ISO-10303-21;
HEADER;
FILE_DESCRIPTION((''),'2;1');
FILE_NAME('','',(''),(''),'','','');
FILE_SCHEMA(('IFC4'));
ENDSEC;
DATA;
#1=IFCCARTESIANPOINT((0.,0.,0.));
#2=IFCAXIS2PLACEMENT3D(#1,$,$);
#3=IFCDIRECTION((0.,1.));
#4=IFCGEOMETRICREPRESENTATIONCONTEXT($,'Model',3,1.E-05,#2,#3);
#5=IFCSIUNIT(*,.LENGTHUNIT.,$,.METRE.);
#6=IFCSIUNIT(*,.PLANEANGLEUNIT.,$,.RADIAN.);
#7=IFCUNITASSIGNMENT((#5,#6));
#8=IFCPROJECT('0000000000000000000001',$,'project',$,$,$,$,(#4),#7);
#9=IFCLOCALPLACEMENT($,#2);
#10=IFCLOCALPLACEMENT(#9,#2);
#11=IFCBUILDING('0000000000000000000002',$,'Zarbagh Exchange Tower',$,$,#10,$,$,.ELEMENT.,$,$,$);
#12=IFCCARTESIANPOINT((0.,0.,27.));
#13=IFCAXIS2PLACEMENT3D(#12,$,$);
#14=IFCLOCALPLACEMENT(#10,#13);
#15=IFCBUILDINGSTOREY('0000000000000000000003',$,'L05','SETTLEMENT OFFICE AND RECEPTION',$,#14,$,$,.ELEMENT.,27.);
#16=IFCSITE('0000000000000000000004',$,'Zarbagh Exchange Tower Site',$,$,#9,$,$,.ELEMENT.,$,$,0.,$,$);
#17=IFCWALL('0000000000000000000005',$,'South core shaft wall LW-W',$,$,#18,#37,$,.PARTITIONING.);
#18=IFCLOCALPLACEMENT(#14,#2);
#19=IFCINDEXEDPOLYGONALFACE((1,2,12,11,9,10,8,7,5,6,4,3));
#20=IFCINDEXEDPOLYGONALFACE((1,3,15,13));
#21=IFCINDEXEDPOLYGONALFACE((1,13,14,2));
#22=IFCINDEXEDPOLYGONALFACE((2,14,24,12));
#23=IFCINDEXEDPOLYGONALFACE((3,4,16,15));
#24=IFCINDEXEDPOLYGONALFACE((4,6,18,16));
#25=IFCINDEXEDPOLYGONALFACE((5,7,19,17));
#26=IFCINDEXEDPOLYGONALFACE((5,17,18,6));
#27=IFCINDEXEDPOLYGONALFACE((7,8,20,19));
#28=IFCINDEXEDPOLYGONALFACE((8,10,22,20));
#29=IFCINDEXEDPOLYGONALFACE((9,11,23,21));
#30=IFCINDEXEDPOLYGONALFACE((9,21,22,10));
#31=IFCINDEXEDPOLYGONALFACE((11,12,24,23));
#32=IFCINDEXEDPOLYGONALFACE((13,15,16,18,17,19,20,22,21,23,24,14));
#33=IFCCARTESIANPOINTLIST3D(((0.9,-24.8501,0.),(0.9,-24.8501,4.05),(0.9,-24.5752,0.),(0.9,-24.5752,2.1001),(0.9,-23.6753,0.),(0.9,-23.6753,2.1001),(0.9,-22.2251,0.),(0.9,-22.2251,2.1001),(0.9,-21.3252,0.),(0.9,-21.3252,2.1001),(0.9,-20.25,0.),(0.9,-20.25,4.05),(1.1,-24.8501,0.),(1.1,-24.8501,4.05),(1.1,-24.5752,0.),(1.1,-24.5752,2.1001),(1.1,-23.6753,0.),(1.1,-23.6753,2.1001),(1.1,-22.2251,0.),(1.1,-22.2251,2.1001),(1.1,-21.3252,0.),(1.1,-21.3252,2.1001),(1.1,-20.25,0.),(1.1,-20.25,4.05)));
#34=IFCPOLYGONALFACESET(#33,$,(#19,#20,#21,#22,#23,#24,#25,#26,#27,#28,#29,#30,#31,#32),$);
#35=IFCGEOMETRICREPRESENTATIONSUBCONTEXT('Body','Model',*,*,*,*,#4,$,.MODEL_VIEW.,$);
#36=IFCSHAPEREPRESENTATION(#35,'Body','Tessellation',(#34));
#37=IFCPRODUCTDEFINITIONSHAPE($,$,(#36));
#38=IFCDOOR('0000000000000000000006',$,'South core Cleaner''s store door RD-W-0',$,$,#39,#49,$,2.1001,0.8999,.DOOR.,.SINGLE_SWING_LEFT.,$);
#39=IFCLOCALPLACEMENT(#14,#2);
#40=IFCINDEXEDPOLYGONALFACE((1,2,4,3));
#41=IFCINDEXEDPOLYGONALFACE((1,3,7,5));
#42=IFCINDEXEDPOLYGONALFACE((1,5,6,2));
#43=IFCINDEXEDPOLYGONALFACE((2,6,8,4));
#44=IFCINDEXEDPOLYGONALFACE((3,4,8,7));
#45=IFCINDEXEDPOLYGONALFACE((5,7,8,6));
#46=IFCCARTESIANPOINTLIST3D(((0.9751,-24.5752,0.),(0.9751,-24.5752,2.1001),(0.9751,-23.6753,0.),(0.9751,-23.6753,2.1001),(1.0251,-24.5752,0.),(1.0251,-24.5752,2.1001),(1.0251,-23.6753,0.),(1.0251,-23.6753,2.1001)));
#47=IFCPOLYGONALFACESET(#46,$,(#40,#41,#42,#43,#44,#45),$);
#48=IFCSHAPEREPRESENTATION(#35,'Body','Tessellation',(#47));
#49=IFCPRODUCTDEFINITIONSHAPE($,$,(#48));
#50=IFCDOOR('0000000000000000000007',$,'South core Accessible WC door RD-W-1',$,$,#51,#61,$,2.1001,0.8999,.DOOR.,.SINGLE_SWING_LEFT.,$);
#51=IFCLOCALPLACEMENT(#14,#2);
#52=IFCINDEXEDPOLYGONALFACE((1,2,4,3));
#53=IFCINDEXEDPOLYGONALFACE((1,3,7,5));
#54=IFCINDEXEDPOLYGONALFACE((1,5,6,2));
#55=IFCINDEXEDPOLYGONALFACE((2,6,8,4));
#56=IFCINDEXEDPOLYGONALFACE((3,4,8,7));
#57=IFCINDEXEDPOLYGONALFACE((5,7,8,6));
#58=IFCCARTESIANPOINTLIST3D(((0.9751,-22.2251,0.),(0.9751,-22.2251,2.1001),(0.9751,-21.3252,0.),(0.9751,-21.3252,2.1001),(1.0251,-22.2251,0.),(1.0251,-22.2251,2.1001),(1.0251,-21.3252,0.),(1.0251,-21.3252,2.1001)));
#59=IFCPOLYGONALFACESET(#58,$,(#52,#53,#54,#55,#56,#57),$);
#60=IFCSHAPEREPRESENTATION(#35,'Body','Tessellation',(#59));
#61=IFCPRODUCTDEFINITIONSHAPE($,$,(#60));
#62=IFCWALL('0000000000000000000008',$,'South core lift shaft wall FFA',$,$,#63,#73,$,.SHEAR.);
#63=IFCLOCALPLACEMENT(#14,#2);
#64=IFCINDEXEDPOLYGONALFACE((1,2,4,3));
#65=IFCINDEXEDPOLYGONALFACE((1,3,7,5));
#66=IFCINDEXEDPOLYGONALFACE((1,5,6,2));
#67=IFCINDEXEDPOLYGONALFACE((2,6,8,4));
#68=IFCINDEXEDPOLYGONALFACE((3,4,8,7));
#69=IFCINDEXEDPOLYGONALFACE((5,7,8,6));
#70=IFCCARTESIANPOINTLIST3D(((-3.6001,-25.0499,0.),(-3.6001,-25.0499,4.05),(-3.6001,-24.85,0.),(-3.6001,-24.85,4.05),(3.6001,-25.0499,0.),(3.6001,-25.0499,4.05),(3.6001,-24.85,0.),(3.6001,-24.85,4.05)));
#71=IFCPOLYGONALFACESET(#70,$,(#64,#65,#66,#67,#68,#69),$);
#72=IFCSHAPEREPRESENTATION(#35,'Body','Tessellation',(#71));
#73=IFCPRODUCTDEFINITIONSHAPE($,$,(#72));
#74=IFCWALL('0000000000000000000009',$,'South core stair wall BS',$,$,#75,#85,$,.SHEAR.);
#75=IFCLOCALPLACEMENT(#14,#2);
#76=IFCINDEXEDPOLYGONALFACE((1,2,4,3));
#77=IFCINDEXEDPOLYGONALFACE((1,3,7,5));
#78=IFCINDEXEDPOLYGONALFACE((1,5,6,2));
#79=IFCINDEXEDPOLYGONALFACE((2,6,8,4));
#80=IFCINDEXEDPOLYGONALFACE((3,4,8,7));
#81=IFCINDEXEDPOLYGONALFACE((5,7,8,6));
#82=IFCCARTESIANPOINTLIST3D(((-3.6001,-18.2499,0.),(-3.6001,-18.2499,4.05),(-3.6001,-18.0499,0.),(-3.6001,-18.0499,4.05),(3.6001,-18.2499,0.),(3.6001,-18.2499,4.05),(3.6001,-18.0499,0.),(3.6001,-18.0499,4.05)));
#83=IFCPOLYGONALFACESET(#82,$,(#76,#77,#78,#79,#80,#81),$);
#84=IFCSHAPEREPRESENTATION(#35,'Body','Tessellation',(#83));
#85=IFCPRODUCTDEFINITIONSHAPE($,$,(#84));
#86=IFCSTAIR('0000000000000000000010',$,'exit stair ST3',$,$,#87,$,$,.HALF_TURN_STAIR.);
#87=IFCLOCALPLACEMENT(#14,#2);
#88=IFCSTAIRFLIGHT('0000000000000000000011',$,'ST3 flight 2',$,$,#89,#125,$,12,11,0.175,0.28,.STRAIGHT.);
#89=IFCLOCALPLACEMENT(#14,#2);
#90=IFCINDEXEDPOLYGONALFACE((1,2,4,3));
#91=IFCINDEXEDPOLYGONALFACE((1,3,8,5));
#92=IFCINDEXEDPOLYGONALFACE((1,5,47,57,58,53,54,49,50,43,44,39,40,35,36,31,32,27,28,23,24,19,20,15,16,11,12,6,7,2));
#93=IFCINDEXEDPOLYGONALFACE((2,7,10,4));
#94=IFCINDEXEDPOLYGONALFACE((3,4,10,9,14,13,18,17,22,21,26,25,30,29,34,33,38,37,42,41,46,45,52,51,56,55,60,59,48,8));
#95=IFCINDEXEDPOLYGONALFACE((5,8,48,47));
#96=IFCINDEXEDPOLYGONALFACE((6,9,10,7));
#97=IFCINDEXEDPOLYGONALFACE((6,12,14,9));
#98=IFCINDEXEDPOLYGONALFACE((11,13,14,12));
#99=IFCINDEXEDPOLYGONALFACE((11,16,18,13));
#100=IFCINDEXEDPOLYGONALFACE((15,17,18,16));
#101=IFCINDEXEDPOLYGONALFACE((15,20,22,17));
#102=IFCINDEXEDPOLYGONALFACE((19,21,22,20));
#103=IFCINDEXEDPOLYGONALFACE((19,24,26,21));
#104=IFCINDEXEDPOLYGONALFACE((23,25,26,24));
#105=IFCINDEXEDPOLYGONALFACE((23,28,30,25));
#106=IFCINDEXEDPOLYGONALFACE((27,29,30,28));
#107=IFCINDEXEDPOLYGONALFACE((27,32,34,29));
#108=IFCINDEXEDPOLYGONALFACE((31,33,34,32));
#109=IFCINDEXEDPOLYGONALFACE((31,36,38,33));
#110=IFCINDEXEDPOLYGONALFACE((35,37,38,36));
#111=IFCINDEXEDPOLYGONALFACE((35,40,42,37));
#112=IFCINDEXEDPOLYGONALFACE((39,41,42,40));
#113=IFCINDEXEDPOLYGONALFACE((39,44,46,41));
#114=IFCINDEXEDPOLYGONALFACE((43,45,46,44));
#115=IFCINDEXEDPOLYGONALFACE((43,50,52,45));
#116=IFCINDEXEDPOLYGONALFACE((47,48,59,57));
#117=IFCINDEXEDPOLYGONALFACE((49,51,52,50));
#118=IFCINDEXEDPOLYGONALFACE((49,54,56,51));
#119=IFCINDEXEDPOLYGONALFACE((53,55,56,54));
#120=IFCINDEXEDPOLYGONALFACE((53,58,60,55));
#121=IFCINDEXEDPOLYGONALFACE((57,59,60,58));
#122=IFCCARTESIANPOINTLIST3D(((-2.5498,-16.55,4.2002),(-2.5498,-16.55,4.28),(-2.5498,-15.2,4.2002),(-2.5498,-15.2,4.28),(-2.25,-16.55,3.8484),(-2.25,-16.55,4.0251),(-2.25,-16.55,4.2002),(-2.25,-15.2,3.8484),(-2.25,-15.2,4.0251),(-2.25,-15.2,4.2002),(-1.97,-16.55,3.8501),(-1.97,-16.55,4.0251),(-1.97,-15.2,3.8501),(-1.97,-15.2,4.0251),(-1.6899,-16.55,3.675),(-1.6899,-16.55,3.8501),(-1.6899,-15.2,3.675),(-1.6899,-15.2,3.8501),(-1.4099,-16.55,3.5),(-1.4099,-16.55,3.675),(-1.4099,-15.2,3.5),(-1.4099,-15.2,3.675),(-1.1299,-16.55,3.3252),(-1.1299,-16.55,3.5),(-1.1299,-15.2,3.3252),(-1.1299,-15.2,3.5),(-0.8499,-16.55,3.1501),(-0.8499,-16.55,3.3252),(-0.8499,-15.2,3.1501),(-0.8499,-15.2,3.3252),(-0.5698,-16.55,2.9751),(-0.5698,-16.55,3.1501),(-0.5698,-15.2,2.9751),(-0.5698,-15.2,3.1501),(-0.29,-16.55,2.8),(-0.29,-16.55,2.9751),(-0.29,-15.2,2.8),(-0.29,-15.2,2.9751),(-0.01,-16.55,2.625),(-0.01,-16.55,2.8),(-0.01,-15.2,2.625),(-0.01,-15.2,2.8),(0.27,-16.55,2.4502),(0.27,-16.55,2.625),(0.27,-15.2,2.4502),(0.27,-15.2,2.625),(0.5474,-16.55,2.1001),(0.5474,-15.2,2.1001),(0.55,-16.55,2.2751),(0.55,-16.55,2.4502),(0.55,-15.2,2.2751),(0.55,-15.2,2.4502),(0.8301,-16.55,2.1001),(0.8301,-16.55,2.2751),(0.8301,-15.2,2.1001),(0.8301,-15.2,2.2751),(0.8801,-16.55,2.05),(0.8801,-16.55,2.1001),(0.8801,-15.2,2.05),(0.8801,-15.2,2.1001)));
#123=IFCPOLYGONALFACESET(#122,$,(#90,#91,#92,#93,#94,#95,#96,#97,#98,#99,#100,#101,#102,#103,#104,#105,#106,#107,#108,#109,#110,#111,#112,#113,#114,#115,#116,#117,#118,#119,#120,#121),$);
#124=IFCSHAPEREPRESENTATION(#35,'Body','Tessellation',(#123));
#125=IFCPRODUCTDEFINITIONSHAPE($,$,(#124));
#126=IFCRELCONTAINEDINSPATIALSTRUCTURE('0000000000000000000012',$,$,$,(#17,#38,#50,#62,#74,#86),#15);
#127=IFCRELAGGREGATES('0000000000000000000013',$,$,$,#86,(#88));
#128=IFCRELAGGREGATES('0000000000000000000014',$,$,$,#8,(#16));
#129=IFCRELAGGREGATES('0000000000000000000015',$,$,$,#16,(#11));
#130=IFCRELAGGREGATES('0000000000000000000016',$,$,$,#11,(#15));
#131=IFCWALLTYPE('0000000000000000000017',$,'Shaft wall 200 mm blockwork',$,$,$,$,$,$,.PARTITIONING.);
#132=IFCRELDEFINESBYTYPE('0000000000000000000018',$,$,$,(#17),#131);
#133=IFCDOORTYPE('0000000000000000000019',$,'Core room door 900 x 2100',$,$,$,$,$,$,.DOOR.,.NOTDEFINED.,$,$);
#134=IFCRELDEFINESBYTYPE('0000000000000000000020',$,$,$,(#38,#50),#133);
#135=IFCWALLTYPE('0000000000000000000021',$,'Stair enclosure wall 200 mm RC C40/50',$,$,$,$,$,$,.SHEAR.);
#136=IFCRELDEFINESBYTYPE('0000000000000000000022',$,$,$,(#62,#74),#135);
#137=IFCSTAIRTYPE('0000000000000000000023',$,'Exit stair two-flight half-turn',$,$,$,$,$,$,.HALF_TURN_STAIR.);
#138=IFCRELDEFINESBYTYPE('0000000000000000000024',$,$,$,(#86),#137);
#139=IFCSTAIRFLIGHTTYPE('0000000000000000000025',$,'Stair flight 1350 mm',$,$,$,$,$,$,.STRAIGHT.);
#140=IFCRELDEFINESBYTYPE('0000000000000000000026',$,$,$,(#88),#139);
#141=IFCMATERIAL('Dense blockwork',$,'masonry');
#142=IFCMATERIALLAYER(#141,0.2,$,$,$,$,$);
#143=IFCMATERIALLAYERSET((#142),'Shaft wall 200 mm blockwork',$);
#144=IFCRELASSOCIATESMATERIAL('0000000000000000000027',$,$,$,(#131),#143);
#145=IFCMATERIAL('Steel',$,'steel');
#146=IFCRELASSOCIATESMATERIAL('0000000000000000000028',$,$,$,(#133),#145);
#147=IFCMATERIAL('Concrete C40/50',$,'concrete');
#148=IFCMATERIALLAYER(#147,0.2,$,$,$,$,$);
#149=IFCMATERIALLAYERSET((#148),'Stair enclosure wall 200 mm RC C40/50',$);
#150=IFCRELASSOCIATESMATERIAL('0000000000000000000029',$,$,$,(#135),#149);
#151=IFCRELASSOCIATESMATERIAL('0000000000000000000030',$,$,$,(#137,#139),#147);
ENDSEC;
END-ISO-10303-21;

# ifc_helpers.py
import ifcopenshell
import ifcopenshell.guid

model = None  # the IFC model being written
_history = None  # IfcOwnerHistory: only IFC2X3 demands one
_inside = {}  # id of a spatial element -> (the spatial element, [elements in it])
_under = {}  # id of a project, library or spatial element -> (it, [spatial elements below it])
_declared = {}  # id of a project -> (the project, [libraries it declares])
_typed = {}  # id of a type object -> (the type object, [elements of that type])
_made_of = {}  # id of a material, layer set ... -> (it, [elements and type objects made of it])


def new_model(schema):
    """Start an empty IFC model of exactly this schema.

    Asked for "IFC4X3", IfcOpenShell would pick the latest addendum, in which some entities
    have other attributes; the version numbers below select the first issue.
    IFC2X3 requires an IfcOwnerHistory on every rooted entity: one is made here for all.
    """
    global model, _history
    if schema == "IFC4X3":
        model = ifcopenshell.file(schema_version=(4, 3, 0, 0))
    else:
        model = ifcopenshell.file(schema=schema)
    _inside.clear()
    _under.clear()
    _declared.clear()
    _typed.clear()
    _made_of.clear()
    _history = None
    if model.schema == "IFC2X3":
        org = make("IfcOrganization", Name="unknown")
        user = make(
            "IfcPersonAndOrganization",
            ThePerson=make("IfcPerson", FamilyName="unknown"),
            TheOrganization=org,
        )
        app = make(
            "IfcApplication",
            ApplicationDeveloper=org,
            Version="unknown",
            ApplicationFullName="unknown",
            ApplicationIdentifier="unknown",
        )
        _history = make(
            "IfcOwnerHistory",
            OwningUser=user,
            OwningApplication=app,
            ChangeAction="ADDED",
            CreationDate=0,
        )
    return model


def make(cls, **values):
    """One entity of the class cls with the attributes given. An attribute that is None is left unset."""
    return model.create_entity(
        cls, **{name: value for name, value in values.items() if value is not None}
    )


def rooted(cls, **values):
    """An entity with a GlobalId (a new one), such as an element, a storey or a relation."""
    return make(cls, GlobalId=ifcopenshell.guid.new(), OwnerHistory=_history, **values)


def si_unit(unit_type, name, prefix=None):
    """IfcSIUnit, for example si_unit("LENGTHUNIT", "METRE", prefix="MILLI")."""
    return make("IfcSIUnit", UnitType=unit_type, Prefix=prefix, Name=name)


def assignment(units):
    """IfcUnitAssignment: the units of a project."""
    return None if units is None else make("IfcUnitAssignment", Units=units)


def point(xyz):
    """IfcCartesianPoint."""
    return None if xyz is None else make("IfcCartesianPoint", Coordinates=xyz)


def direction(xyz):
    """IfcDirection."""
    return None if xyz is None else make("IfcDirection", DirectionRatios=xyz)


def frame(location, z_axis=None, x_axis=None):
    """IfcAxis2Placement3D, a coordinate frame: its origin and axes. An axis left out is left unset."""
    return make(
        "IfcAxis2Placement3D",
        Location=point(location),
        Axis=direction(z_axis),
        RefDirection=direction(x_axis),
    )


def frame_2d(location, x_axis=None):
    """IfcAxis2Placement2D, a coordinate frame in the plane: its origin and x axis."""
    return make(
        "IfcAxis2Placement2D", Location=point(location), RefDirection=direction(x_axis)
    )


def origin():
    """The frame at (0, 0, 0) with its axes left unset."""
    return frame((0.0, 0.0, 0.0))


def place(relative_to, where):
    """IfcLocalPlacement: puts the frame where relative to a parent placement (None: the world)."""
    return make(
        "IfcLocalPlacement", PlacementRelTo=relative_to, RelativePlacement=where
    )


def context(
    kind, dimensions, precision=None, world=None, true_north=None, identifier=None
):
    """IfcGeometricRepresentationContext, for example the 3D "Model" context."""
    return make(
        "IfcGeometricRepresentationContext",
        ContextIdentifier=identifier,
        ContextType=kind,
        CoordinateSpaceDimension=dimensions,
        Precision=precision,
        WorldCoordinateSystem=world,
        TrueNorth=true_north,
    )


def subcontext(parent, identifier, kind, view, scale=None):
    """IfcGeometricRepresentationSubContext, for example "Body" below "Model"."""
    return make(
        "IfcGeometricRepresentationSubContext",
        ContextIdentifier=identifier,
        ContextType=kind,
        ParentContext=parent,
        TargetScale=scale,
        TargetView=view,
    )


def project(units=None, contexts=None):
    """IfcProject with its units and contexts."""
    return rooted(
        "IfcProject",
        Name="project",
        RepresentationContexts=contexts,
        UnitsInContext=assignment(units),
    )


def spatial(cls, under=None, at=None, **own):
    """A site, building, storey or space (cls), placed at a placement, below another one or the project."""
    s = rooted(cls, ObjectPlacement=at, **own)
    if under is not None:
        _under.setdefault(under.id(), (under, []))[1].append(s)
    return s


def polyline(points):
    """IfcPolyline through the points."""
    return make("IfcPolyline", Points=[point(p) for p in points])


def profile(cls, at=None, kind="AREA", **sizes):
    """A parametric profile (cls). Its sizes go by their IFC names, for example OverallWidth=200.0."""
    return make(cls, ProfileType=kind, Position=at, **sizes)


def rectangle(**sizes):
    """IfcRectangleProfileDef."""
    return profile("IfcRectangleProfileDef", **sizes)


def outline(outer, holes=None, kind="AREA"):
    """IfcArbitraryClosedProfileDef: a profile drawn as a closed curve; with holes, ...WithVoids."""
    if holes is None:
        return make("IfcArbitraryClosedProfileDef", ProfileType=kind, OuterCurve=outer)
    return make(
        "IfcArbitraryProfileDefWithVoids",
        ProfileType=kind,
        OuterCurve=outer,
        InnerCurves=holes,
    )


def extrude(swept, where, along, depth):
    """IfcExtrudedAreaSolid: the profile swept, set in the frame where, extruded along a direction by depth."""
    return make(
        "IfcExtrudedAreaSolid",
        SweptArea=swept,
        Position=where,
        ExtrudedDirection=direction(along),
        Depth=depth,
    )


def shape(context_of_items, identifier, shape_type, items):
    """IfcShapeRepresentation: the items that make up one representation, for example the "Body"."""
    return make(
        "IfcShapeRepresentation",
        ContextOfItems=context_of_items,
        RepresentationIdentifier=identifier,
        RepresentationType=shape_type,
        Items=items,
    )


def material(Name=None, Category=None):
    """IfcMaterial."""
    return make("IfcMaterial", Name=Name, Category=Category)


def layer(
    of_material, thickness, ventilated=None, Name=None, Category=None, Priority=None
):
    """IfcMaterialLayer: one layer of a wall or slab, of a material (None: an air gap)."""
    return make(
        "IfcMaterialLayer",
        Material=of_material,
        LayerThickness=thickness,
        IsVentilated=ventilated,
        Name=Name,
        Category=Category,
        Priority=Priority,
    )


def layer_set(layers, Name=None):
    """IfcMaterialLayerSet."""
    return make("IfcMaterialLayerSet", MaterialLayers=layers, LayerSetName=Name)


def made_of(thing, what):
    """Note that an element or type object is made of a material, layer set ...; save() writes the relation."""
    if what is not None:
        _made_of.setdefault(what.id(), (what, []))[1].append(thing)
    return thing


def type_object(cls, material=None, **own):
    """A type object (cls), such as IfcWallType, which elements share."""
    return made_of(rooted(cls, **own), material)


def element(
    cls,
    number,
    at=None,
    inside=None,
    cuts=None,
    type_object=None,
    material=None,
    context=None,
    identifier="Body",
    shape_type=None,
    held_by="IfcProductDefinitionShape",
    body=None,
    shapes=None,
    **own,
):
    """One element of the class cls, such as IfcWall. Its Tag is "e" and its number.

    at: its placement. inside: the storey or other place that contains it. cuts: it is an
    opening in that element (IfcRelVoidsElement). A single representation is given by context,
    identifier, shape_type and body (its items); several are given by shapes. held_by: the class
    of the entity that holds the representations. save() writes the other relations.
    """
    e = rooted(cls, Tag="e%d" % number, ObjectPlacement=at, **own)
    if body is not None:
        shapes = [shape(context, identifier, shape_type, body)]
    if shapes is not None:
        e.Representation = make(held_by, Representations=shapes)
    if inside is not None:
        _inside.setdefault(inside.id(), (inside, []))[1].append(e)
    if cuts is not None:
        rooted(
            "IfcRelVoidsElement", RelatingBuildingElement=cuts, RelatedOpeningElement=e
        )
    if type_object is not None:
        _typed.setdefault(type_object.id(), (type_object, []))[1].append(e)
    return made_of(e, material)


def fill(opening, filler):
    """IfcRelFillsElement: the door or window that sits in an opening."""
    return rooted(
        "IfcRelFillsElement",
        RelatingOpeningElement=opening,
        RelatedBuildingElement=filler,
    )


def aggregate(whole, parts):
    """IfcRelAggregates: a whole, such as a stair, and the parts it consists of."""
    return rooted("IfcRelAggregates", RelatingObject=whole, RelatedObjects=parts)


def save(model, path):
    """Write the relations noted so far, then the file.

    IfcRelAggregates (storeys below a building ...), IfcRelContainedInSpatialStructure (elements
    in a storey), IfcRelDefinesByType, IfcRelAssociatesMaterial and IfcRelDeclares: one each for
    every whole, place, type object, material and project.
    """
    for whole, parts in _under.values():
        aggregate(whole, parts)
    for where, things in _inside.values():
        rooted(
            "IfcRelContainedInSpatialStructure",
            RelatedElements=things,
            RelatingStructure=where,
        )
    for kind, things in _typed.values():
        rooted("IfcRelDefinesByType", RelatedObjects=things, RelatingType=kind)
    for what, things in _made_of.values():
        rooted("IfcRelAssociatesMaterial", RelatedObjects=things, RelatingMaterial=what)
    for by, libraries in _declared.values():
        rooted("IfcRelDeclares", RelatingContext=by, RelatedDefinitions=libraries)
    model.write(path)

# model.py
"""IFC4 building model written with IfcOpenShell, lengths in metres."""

from ifc_helpers import new_model, si_unit, direction, frame, frame_2d, origin, place, context, subcontext, project, spatial, polyline, rectangle, outline, extrude, material, layer, layer_set, type_object, element, fill, aggregate, save


model = new_model("IFC4")

# Units and contexts
model_context = context("Model", 3, precision=1e-05, world=origin(), true_north=direction((0.0, 1.0)))
body_context = subcontext(model_context, "Body", "Model", "MODEL_VIEW")
ifc_project = project(units=[si_unit("LENGTHUNIT", "METRE"), si_unit("PLANEANGLEUNIT", "RADIAN")], contexts=[model_context])

# Site, building, storey
site_placement = place(None, origin())
site = spatial("IfcSite", under=ifc_project, at=site_placement, Name="Zarbagh Exchange Tower Site", CompositionType="ELEMENT", RefElevation=0.0)
building_placement = place(site_placement, origin())
building = spatial("IfcBuilding", under=site, at=building_placement, Name="Zarbagh Exchange Tower", CompositionType="ELEMENT")
storey_placement = place(building_placement, frame((0.0, 0.0, 27.0)))
storey = spatial("IfcBuildingStorey", under=building, at=storey_placement, Name="L05", Description="SETTLEMENT OFFICE AND RECEPTION", CompositionType="ELEMENT", Elevation=27.0)

# Shared definitions
ifc_material_1 = material(Name="Dense blockwork", Category="masonry")
ifc_layer_1 = layer(ifc_material_1, 0.2)
ifc_layer_set_1 = layer_set([ifc_layer_1], Name="Shaft wall 200 mm blockwork")
wall_type_1 = type_object("IfcWallType", Name="Shaft wall 200 mm blockwork", PredefinedType="PARTITIONING", material=ifc_layer_set_1)

# Wall, openings, doors
wall_1_placement = place(storey_placement, frame((1.0, -24.8501, 0.0), z_axis=(0.0, 0.0, 1.0), x_axis=(0.0, 1.0, 0.0)))
wall_1 = element("IfcWall", 1, at=wall_1_placement, inside=storey, type_object=wall_type_1, Name="South core shaft wall LW-W", PredefinedType="PARTITIONING", context=body_context, shape_type="SweptSolid", body=[
    extrude(rectangle(XDim=4.6001, YDim=0.2, at=frame_2d((2.3, 0.0))), origin(), (0.0, 0.0, 1.0), 4.05),
])
opening_1_placement = place(wall_1_placement, frame((0.2749, 0.0, 0.0)))
opening_1 = element("IfcOpeningElement", 2, at=opening_1_placement, cuts=wall_1, PredefinedType="OPENING", context=body_context, shape_type="SweptSolid", body=[
    extrude(rectangle(XDim=0.8999, YDim=2.1001, at=frame_2d((0.45, 1.05))), frame((0.0, 0.1099, 0.0), z_axis=(0.0, -1.0, 0.0), x_axis=(1.0, 0.0, 0.0)), (0.0, 0.0, 1.0), 0.22),
])
opening_2_placement = place(wall_1_placement, frame((2.625, 0.0, 0.0)))
opening_2 = element("IfcOpeningElement", 3, at=opening_2_placement, cuts=wall_1, PredefinedType="OPENING", context=body_context, shape_type="SweptSolid", body=[
    extrude(rectangle(XDim=0.8999, YDim=2.1001, at=frame_2d((0.45, 1.05))), frame((0.0, 0.1099, 0.0), z_axis=(0.0, -1.0, 0.0), x_axis=(1.0, 0.0, 0.0)), (0.0, 0.0, 1.0), 0.22),
])
ifc_material_2 = material(Name="Steel", Category="steel")
door_type = type_object("IfcDoorType", Name="Core room door 900 x 2100", OperationType="NOTDEFINED", PredefinedType="DOOR", material=ifc_material_2)
door_1_placement = place(opening_1_placement, origin())
door_1 = element("IfcDoor", 4, at=door_1_placement, inside=storey, type_object=door_type, Name="South core Cleaner's store door RD-W-0", OperationType="SINGLE_SWING_LEFT", OverallHeight=2.1001, OverallWidth=0.8999, PredefinedType="DOOR", context=body_context, shape_type="SweptSolid", body=[
    extrude(rectangle(XDim=0.8999, YDim=2.1001, at=frame_2d((0.45, 1.05))), frame((0.0, 0.0249, 0.0), z_axis=(0.0, -1.0, 0.0), x_axis=(1.0, 0.0, 0.0)), (0.0, 0.0, 1.0), 0.05),
])
fill(opening_1, door_1)
door_2_placement = place(opening_2_placement, origin())
door_2 = element("IfcDoor", 5, at=door_2_placement, inside=storey, type_object=door_type, Name="South core Accessible WC door RD-W-1", OperationType="SINGLE_SWING_LEFT", OverallHeight=2.1001, OverallWidth=0.8999, PredefinedType="DOOR", context=body_context, shape_type="SweptSolid", body=[
    extrude(rectangle(XDim=0.8999, YDim=2.1001, at=frame_2d((0.45, 1.05))), frame((0.0, 0.0249, 0.0), z_axis=(0.0, -1.0, 0.0), x_axis=(1.0, 0.0, 0.0)), (0.0, 0.0, 1.0), 0.05),
])
fill(opening_2, door_2)

# Walls
ifc_material_3 = material(Name="Concrete C40/50", Category="concrete")
ifc_layer_2 = layer(ifc_material_3, 0.2)
ifc_layer_set_2 = layer_set([ifc_layer_2], Name="Stair enclosure wall 200 mm RC C40/50")
wall_type_2 = type_object("IfcWallType", Name="Stair enclosure wall 200 mm RC C40/50", PredefinedType="SHEAR", material=ifc_layer_set_2)
for number, where, z_axis, x_axis, name in (
    (6, (3.6001, -24.95, 0.0), (0.0, 0.0, 1.0), (-1.0, 0.0, 0.0), "South core lift shaft wall FFA"),
    (7, (3.6001, -18.1499, 0.0), (0.0, 0.0, 1.0), (-1.0, 0.0, 0.0), "South core stair wall BS"),
):
    element("IfcWall", number, at=place(storey_placement, frame(where, z_axis=z_axis, x_axis=x_axis)), inside=storey, type_object=wall_type_2, Name=name, PredefinedType="SHEAR", context=body_context, shape_type="SweptSolid", body=[
        extrude(rectangle(XDim=7.2002, YDim=0.2, at=frame_2d((3.6001, 0.0))), origin(), (0.0, 0.0, 1.0), 4.05),
    ])

# Stair, stair flight
stair_type = type_object("IfcStairType", Name="Exit stair two-flight half-turn", PredefinedType="HALF_TURN_STAIR", material=ifc_material_3)
stair_placement = place(storey_placement, origin())
stair = element("IfcStair", 8, at=stair_placement, inside=storey, type_object=stair_type, Name="exit stair ST3", PredefinedType="HALF_TURN_STAIR")
stair_flight_type = type_object("IfcStairFlightType", Name="Stair flight 1350 mm", PredefinedType="STRAIGHT", material=ifc_material_3)
stair_flight_placement = place(storey_placement, frame((0.8301, -15.875, 2.1001), z_axis=(0.0, 0.0, 1.0), x_axis=(-1.0, 0.0, 0.0)))
stair_flight = element("IfcStairFlight", 9, at=stair_flight_placement, type_object=stair_flight_type, Name="ST3 flight 2", NumberOfRisers=12, NumberOfTreads=11, PredefinedType="STRAIGHT", RiserHeight=0.175, TreadLength=0.28, context=body_context, shape_type="SweptSolid", body=[
    extrude(outline(polyline([(-0.05, -0.05), (-0.05, 0.0), (0.0, 0.0), (0.0, 0.175), (0.28, 0.175), (0.28, 0.3501), (0.5601, 0.3501), (0.5601, 0.5249), (0.8401, 0.5249), (0.8401, 0.7), (1.1201, 0.7), (1.1201, 0.875), (1.3999, 0.875), (1.3999, 1.05), (1.6799, 1.05), (1.6799, 1.2251), (1.96, 1.2251), (1.96, 1.3999), (2.24, 1.3999), (2.24, 1.575), (2.52, 1.575), (2.52, 1.75), (2.8, 1.75), (2.8, 1.925), (3.0801, 1.925), (3.0801, 2.1001), (3.3799, 2.1799), (3.3799, 2.1001), (3.0801, 1.7483), (0.2827, 0.0), (-0.05, -0.05)])), frame((0.0, 0.675, 0.0), z_axis=(0.0, -1.0, 0.0), x_axis=(1.0, 0.0, 0.0)), (0.0, 0.0, 1.0), 1.3501),
])
aggregate(stair, [stair_flight])

save(model, "model.ifc")
